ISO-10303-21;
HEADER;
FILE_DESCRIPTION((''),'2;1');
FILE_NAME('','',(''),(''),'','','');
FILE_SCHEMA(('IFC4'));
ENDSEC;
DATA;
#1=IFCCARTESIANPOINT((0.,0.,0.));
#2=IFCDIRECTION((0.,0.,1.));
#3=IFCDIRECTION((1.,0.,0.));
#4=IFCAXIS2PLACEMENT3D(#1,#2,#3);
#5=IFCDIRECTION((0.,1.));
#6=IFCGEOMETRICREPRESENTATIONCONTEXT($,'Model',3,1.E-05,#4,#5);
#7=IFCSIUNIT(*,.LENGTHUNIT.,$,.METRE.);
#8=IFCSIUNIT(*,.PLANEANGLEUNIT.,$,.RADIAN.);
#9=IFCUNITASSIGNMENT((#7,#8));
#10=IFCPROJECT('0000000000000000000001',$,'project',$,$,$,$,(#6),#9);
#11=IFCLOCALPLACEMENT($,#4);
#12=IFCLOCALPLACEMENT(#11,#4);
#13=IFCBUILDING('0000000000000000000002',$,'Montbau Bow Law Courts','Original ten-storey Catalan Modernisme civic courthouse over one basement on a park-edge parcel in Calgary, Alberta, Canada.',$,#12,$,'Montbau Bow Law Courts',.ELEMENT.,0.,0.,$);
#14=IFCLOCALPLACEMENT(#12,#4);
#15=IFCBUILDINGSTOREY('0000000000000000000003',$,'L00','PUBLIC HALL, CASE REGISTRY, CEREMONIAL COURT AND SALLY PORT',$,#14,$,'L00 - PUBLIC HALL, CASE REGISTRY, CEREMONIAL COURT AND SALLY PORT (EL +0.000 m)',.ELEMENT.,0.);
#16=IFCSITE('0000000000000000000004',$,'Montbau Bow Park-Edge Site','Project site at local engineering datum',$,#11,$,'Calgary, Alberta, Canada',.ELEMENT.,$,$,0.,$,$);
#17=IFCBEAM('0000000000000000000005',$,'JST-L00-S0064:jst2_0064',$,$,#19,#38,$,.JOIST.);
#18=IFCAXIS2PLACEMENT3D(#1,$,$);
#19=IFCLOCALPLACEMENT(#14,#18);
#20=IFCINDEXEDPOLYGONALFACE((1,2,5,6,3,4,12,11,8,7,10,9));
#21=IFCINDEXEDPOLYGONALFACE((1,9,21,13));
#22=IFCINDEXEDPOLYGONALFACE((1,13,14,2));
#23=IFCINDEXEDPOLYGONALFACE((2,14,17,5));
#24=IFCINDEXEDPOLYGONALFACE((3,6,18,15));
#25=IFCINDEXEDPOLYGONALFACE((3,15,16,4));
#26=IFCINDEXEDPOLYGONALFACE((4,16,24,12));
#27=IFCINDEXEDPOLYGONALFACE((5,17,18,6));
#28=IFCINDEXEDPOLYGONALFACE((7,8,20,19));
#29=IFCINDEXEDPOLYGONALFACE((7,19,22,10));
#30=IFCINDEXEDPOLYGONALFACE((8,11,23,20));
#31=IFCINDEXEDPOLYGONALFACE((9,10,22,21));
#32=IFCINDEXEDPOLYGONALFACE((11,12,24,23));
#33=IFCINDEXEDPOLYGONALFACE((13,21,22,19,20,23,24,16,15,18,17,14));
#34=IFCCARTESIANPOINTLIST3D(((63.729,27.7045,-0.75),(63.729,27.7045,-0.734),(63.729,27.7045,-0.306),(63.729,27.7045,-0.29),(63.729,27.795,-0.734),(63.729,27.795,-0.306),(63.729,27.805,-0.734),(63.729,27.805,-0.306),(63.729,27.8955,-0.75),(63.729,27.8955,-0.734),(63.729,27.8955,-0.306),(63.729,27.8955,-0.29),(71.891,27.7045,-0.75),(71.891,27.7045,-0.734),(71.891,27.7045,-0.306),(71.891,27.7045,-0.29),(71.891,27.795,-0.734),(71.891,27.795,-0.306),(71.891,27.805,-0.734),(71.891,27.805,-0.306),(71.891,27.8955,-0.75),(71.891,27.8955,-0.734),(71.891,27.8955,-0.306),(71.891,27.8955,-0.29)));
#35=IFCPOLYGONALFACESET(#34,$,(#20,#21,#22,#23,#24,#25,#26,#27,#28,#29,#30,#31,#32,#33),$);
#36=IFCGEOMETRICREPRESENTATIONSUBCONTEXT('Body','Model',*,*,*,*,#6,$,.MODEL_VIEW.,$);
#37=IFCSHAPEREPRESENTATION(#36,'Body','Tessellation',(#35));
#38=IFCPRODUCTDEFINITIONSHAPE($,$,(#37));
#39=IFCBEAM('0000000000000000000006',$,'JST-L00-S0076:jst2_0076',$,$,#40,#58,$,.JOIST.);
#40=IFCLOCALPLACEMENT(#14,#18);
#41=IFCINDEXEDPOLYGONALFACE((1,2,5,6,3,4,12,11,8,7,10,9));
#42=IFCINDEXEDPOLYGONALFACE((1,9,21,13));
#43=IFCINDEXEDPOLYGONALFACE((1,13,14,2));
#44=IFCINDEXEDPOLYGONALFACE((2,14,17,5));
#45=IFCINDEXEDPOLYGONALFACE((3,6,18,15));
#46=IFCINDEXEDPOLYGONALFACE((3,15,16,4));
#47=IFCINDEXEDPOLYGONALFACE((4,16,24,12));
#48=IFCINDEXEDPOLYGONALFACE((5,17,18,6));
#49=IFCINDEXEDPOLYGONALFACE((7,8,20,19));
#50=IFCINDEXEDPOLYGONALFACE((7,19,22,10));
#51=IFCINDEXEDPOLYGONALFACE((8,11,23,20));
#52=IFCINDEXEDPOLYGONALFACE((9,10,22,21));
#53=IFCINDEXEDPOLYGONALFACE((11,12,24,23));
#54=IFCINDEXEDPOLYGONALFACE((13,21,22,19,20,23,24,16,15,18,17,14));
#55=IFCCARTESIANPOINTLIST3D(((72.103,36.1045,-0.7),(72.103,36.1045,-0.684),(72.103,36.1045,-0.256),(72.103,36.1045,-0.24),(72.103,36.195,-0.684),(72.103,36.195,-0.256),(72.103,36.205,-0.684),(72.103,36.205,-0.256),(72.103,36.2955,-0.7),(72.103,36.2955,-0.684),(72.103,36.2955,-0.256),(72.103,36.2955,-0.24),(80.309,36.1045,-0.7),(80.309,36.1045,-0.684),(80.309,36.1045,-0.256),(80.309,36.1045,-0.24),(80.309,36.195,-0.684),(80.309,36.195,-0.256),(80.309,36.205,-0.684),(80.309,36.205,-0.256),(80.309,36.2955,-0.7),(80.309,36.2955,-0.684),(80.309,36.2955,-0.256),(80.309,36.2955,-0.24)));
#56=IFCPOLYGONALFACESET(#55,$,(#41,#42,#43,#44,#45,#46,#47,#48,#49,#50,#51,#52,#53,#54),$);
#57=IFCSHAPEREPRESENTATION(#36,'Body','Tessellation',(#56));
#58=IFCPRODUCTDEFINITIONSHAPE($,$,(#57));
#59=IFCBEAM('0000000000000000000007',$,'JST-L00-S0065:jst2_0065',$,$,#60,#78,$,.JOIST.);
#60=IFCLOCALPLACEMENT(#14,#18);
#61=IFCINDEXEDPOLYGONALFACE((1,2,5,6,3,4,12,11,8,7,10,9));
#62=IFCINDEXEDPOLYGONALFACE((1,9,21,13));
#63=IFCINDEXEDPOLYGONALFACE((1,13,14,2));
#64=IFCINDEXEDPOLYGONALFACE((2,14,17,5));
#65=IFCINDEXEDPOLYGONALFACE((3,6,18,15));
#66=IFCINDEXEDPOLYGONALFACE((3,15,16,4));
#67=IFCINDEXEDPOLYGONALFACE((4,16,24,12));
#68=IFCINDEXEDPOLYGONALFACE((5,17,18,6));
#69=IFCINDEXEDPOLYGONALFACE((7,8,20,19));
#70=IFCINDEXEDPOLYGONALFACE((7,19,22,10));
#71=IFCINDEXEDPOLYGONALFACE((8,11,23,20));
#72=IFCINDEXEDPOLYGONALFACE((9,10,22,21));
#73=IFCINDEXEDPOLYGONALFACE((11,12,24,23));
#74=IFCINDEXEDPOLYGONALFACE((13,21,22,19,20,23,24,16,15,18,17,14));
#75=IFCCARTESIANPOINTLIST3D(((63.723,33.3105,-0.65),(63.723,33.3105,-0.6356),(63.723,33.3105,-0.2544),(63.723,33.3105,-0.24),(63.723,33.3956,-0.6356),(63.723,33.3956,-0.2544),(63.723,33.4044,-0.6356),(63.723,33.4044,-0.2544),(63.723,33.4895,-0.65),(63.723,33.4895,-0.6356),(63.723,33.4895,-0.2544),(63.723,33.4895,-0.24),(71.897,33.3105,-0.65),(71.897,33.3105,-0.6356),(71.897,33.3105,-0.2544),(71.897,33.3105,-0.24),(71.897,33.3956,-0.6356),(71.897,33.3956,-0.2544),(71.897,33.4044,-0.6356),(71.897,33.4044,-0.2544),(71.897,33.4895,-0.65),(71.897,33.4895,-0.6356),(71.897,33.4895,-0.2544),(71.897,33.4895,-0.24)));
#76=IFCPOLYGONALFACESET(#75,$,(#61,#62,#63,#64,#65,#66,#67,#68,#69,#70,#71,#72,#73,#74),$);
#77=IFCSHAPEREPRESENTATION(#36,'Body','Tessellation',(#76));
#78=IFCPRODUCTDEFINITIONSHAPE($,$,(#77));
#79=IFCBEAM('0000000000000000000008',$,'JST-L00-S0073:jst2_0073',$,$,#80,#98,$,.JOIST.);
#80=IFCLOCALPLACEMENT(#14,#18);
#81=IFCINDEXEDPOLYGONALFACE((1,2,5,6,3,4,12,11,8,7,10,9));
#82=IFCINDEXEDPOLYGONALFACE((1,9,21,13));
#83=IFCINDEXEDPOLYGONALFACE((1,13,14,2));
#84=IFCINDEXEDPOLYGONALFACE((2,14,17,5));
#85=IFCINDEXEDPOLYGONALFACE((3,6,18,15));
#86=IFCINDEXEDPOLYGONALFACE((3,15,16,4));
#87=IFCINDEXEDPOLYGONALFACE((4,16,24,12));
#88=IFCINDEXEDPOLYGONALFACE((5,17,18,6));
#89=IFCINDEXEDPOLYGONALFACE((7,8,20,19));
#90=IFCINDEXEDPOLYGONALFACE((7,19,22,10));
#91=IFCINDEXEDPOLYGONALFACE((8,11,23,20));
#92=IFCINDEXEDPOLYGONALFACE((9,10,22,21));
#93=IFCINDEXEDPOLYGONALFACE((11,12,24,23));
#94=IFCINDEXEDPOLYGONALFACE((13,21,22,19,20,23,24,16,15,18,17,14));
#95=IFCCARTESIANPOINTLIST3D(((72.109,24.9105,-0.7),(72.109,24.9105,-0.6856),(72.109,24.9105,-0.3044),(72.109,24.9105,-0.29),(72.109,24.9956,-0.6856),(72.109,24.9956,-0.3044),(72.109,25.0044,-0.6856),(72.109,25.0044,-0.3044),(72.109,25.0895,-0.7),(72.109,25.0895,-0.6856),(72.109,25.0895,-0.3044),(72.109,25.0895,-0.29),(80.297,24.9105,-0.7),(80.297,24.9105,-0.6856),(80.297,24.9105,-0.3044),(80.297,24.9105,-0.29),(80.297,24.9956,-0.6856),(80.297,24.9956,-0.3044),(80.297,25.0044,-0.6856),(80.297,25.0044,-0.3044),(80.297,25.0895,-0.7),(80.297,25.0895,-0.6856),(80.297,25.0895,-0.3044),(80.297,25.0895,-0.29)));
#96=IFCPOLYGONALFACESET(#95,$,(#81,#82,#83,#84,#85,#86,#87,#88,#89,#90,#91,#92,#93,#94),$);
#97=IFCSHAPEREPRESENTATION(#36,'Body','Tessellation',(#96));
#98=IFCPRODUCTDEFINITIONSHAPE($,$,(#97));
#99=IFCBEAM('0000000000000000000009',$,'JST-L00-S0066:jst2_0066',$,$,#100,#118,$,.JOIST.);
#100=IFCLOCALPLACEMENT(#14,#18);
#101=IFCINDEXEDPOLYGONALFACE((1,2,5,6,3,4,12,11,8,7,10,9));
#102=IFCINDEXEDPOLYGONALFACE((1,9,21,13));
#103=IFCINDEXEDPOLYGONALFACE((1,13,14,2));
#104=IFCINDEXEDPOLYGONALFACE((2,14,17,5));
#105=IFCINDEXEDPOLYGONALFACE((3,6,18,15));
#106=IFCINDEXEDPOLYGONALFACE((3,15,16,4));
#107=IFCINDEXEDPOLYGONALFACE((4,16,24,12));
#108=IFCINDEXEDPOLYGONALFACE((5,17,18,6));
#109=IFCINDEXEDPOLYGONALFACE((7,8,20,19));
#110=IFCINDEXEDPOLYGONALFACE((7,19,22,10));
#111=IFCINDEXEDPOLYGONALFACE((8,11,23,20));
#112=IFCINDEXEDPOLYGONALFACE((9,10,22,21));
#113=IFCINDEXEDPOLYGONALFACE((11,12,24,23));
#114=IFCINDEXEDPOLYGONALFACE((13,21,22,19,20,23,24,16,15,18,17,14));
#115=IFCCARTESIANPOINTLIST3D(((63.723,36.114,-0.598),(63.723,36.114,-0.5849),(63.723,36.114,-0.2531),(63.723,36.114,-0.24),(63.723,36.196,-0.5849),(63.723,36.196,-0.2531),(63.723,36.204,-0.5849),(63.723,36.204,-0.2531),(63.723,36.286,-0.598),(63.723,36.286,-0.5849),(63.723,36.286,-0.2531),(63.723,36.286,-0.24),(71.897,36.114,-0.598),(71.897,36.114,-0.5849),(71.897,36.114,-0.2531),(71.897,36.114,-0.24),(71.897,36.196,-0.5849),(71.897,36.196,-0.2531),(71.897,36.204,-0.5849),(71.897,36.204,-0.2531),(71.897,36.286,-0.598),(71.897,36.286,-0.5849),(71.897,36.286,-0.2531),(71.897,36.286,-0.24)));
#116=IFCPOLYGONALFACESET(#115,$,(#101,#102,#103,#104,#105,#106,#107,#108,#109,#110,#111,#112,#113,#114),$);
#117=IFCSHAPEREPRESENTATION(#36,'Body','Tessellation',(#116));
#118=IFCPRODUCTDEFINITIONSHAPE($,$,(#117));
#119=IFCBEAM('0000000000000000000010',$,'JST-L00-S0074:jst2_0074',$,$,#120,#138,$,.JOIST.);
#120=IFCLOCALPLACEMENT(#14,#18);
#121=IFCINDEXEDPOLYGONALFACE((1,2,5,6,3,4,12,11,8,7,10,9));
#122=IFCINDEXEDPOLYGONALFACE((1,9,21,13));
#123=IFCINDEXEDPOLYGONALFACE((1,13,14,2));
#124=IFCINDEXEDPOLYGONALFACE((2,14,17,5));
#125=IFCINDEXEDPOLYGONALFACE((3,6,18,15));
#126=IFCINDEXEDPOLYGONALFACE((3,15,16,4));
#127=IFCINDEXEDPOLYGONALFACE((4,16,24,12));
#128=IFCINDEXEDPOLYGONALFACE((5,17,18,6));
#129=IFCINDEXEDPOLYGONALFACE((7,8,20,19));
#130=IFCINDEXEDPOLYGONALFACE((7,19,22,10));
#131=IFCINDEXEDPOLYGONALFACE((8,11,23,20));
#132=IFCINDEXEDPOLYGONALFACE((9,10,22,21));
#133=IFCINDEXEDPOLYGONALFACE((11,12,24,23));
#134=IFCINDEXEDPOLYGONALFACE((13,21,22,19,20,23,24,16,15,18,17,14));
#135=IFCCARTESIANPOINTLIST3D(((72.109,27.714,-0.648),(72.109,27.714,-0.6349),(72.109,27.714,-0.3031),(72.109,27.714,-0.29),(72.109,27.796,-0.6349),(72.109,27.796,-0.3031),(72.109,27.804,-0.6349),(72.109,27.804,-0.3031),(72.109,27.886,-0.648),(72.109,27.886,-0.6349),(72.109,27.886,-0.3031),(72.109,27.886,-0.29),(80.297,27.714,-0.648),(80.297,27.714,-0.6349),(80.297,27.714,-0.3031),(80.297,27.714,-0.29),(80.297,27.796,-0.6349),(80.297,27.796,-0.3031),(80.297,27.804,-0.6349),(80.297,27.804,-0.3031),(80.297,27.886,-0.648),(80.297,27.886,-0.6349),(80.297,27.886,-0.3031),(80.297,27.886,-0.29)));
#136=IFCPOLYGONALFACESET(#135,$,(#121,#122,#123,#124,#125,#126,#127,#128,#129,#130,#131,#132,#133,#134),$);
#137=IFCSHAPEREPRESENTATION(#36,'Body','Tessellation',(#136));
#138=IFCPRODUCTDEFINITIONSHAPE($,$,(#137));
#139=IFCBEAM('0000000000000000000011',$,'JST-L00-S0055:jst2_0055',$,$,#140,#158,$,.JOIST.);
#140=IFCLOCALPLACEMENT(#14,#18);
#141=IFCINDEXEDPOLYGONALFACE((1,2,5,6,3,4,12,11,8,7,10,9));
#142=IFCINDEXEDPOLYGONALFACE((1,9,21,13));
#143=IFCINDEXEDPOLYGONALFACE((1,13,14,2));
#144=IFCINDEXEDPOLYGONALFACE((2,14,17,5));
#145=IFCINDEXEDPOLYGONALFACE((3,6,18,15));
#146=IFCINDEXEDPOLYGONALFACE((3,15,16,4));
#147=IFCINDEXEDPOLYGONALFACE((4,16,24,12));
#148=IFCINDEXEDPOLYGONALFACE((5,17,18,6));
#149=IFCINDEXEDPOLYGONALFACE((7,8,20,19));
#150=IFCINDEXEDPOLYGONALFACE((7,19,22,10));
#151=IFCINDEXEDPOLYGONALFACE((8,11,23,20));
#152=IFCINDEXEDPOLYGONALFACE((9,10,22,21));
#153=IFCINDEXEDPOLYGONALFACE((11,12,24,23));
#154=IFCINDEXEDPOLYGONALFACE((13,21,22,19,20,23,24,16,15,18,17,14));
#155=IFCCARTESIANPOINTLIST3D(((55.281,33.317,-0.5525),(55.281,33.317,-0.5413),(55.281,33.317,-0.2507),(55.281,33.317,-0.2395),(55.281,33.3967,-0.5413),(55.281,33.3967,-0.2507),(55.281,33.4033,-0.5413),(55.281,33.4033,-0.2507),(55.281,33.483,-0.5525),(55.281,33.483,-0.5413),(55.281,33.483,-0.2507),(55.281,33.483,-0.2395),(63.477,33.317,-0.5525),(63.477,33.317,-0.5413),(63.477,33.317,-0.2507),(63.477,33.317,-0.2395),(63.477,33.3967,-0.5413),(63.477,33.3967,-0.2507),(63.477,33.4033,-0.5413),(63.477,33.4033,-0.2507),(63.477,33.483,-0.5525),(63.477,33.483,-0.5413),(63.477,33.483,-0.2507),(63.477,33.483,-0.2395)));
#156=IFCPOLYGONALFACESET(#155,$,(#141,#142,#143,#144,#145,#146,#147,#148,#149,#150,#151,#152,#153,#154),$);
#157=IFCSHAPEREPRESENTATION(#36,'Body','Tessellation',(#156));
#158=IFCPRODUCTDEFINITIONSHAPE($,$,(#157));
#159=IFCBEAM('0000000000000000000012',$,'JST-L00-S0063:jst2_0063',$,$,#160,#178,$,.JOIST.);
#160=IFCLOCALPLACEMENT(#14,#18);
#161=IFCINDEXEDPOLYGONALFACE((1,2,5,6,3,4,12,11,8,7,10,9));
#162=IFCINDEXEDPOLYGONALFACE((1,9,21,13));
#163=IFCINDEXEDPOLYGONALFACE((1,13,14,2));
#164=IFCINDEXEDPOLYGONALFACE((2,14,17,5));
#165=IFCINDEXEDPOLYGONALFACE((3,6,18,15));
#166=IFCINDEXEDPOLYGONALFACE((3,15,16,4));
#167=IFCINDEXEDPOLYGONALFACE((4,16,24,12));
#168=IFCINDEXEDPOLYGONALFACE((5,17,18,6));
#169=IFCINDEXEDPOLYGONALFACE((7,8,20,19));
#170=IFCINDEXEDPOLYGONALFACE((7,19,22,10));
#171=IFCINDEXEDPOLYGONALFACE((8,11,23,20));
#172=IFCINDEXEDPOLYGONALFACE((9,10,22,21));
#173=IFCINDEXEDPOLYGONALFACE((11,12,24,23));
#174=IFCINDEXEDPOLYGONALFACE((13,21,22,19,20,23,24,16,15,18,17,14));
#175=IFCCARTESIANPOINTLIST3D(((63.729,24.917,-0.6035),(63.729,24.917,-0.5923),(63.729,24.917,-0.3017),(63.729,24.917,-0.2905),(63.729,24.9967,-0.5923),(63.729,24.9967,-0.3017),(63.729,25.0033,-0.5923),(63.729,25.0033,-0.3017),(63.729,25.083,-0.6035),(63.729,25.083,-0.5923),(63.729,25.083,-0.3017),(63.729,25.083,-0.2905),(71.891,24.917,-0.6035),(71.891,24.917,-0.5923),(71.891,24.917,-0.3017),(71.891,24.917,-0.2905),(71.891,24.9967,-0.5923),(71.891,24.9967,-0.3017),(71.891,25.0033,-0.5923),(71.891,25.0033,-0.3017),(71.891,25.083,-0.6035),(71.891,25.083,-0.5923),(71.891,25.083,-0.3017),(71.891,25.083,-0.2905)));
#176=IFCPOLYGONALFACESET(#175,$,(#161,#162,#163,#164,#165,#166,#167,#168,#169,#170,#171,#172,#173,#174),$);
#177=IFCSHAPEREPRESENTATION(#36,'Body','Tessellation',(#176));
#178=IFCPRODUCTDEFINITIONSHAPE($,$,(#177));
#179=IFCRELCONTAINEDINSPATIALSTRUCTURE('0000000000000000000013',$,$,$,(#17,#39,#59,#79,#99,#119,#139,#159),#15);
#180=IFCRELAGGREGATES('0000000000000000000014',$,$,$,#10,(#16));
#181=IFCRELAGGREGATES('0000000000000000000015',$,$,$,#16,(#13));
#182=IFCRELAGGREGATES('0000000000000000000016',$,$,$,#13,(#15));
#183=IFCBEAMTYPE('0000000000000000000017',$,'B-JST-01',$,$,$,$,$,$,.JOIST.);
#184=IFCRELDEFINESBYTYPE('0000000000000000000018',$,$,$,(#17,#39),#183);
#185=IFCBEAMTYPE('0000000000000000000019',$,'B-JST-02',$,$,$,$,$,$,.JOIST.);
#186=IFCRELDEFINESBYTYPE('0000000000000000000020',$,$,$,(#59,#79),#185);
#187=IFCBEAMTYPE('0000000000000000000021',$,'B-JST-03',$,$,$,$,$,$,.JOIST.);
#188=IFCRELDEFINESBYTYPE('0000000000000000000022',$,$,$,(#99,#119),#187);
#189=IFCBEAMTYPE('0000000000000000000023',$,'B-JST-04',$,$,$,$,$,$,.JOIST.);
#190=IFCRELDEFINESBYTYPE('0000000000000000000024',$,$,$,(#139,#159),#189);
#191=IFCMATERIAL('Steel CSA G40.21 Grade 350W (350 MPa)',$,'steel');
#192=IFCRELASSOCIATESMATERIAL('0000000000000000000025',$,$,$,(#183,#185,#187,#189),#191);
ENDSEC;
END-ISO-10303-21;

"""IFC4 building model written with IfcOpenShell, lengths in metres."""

from ifc_helpers import new_model, si_unit, direction, frame, origin_with_axes, origin_2d_with_axis, place, context, subcontext, project, spatial, i_section, extrude, material, material_profile, profile_set, type_object, element, save


model = new_model("IFC4")

# Units and contexts
model_context = context("Model", 3, precision=1e-05, world=origin_with_axes(), true_north=direction((0.0, 1.0)))
body_context = subcontext(model_context, "Body", "Model", "MODEL_VIEW")
ifc_project = project(units=[si_unit("LENGTHUNIT", "METRE"), si_unit("PLANEANGLEUNIT", "RADIAN")], contexts=[model_context])

# Site, building, storey
site_placement = place(None, origin_with_axes())
site = spatial("IfcSite", under=ifc_project, at=site_placement, Name="Montbau Bow Park-Edge Site", Description="Project site at local engineering datum", LongName="Calgary, Alberta, Canada", CompositionType="ELEMENT", RefElevation=0.0)
building_placement = place(site_placement, origin_with_axes())
building = spatial("IfcBuilding", under=site, at=building_placement, Name="Montbau Bow Law Courts", Description="Original ten-storey Catalan Modernisme civic courthouse over one basement on a park-edge parcel in Calgary, Alberta, Canada.", LongName="Montbau Bow Law Courts", CompositionType="ELEMENT", ElevationOfRefHeight=0.0, ElevationOfTerrain=0.0)
storey_placement = place(building_placement, origin_with_axes())
storey = spatial("IfcBuildingStorey", under=building, at=storey_placement, Name="L00", Description="PUBLIC HALL, CASE REGISTRY, CEREMONIAL COURT AND SALLY PORT", LongName="L00 - PUBLIC HALL, CASE REGISTRY, CEREMONIAL COURT AND SALLY PORT (EL +0.000 m)", CompositionType="ELEMENT", Elevation=0.0)

# Beams
ifc_material_1 = material(Name="Steel CSA G40.21 Grade 350W (350 MPa)", Category="steel")
ifc_material_profile_1 = material_profile(ifc_material_1, i_section(OverallWidth=0.191, OverallDepth=0.46, WebThickness=0.0099, FlangeThickness=0.016, at=origin_2d_with_axis()), Name="W460X82", Category="Main", Priority=0)
ifc_profile_set_1 = profile_set([ifc_material_profile_1], Name="Steel CSA G40.21 Grade 350W (350 MPa)")
beam_type_1 = type_object("IfcBeamType", Name="B-JST-01", PredefinedType="JOIST", material=ifc_profile_set_1)
beam_1_placement = place(None, frame((63.729, 27.8, -0.52), z_axis=(1.0, 0.0, 0.0), x_axis=(0.0, 1.0, 0.0)))
element("IfcBeam", 1, at=beam_1_placement, inside=storey, type_object=beam_type_1, Name="JST-L00-S0064:jst2_0064", PredefinedType="JOIST", context=body_context, shape_type="SweptSolid", body=[
    extrude(i_section(OverallWidth=0.191, OverallDepth=0.46, WebThickness=0.0099, FlangeThickness=0.016, at=origin_2d_with_axis()), origin_with_axes(), (0.0, 0.0, 1.0), 8.162),
])
beam_2_placement = place(None, frame((72.103, 36.2, -0.47), z_axis=(1.0, 0.0, 0.0), x_axis=(0.0, 1.0, 0.0)))
element("IfcBeam", 2, at=beam_2_placement, inside=storey, type_object=beam_type_1, Name="JST-L00-S0076:jst2_0076", PredefinedType="JOIST", context=body_context, shape_type="SweptSolid", body=[
    extrude(i_section(OverallWidth=0.191, OverallDepth=0.46, WebThickness=0.0099, FlangeThickness=0.016, at=origin_2d_with_axis()), origin_with_axes(), (0.0, 0.0, 1.0), 8.206),
])
ifc_material_profile_2 = material_profile(ifc_material_1, i_section(OverallWidth=0.179, OverallDepth=0.41, WebThickness=0.0088, FlangeThickness=0.0144, at=origin_2d_with_axis()), Name="W410X67", Category="Main", Priority=0)
ifc_profile_set_2 = profile_set([ifc_material_profile_2], Name="Steel CSA G40.21 Grade 350W (350 MPa)")
beam_type_2 = type_object("IfcBeamType", Name="B-JST-02", PredefinedType="JOIST", material=ifc_profile_set_2)
beam_3_placement = place(None, frame((63.723, 33.4, -0.445), z_axis=(1.0, 0.0, 0.0), x_axis=(0.0, 1.0, 0.0)))
element("IfcBeam", 3, at=beam_3_placement, inside=storey, type_object=beam_type_2, Name="JST-L00-S0065:jst2_0065", PredefinedType="JOIST", context=body_context, shape_type="SweptSolid", body=[
    extrude(i_section(OverallWidth=0.179, OverallDepth=0.41, WebThickness=0.0088, FlangeThickness=0.0144, at=origin_2d_with_axis()), origin_with_axes(), (0.0, 0.0, 1.0), 8.174),
])
beam_4_placement = place(None, frame((72.109, 25.0, -0.495), z_axis=(1.0, 0.0, 0.0), x_axis=(0.0, 1.0, 0.0)))
element("IfcBeam", 4, at=beam_4_placement, inside=storey, type_object=beam_type_2, Name="JST-L00-S0073:jst2_0073", PredefinedType="JOIST", context=body_context, shape_type="SweptSolid", body=[
    extrude(i_section(OverallWidth=0.179, OverallDepth=0.41, WebThickness=0.0088, FlangeThickness=0.0144, at=origin_2d_with_axis()), origin_with_axes(), (0.0, 0.0, 1.0), 8.188),
])
ifc_material_profile_3 = material_profile(ifc_material_1, i_section(OverallWidth=0.172, OverallDepth=0.358, WebThickness=0.0079, FlangeThickness=0.0131, at=origin_2d_with_axis()), Name="W360X57", Category="Main", Priority=0)
ifc_profile_set_3 = profile_set([ifc_material_profile_3], Name="Steel CSA G40.21 Grade 350W (350 MPa)")
beam_type_3 = type_object("IfcBeamType", Name="B-JST-03", PredefinedType="JOIST", material=ifc_profile_set_3)
beam_5_placement = place(None, frame((63.723, 36.2, -0.419), z_axis=(1.0, 0.0, 0.0), x_axis=(0.0, 1.0, 0.0)))
element("IfcBeam", 5, at=beam_5_placement, inside=storey, type_object=beam_type_3, Name="JST-L00-S0066:jst2_0066", PredefinedType="JOIST", context=body_context, shape_type="SweptSolid", body=[
    extrude(i_section(OverallWidth=0.172, OverallDepth=0.358, WebThickness=0.0079, FlangeThickness=0.0131, at=origin_2d_with_axis()), origin_with_axes(), (0.0, 0.0, 1.0), 8.174),
])
beam_6_placement = place(None, frame((72.109, 27.8, -0.469), z_axis=(1.0, 0.0, 0.0), x_axis=(0.0, 1.0, 0.0)))
element("IfcBeam", 6, at=beam_6_placement, inside=storey, type_object=beam_type_3, Name="JST-L00-S0074:jst2_0074", PredefinedType="JOIST", context=body_context, shape_type="SweptSolid", body=[
    extrude(i_section(OverallWidth=0.172, OverallDepth=0.358, WebThickness=0.0079, FlangeThickness=0.0131, at=origin_2d_with_axis()), origin_with_axes(), (0.0, 0.0, 1.0), 8.188),
])
ifc_material_profile_4 = material_profile(ifc_material_1, i_section(OverallWidth=0.166, OverallDepth=0.313, WebThickness=0.0066, FlangeThickness=0.0112, at=origin_2d_with_axis()), Name="W310X45", Category="Main", Priority=0)
ifc_profile_set_4 = profile_set([ifc_material_profile_4], Name="Steel CSA G40.21 Grade 350W (350 MPa)")
beam_type_4 = type_object("IfcBeamType", Name="B-JST-04", PredefinedType="JOIST", material=ifc_profile_set_4)
beam_7_placement = place(None, frame((55.281, 33.4, -0.396), z_axis=(1.0, 0.0, 0.0), x_axis=(0.0, 1.0, 0.0)))
element("IfcBeam", 7, at=beam_7_placement, inside=storey, type_object=beam_type_4, Name="JST-L00-S0055:jst2_0055", PredefinedType="JOIST", context=body_context, shape_type="SweptSolid", body=[
    extrude(i_section(OverallWidth=0.166, OverallDepth=0.313, WebThickness=0.0066, FlangeThickness=0.0112, at=origin_2d_with_axis()), origin_with_axes(), (0.0, 0.0, 1.0), 8.196),
])
beam_8_placement = place(None, frame((63.729, 25.0, -0.447), z_axis=(1.0, 0.0, 0.0), x_axis=(0.0, 1.0, 0.0)))
element("IfcBeam", 8, at=beam_8_placement, inside=storey, type_object=beam_type_4, Name="JST-L00-S0063:jst2_0063", PredefinedType="JOIST", context=body_context, shape_type="SweptSolid", body=[
    extrude(i_section(OverallWidth=0.166, OverallDepth=0.313, WebThickness=0.0066, FlangeThickness=0.0112, at=origin_2d_with_axis()), origin_with_axes(), (0.0, 0.0, 1.0), 8.162),
])

save(model, "model.ifc")
